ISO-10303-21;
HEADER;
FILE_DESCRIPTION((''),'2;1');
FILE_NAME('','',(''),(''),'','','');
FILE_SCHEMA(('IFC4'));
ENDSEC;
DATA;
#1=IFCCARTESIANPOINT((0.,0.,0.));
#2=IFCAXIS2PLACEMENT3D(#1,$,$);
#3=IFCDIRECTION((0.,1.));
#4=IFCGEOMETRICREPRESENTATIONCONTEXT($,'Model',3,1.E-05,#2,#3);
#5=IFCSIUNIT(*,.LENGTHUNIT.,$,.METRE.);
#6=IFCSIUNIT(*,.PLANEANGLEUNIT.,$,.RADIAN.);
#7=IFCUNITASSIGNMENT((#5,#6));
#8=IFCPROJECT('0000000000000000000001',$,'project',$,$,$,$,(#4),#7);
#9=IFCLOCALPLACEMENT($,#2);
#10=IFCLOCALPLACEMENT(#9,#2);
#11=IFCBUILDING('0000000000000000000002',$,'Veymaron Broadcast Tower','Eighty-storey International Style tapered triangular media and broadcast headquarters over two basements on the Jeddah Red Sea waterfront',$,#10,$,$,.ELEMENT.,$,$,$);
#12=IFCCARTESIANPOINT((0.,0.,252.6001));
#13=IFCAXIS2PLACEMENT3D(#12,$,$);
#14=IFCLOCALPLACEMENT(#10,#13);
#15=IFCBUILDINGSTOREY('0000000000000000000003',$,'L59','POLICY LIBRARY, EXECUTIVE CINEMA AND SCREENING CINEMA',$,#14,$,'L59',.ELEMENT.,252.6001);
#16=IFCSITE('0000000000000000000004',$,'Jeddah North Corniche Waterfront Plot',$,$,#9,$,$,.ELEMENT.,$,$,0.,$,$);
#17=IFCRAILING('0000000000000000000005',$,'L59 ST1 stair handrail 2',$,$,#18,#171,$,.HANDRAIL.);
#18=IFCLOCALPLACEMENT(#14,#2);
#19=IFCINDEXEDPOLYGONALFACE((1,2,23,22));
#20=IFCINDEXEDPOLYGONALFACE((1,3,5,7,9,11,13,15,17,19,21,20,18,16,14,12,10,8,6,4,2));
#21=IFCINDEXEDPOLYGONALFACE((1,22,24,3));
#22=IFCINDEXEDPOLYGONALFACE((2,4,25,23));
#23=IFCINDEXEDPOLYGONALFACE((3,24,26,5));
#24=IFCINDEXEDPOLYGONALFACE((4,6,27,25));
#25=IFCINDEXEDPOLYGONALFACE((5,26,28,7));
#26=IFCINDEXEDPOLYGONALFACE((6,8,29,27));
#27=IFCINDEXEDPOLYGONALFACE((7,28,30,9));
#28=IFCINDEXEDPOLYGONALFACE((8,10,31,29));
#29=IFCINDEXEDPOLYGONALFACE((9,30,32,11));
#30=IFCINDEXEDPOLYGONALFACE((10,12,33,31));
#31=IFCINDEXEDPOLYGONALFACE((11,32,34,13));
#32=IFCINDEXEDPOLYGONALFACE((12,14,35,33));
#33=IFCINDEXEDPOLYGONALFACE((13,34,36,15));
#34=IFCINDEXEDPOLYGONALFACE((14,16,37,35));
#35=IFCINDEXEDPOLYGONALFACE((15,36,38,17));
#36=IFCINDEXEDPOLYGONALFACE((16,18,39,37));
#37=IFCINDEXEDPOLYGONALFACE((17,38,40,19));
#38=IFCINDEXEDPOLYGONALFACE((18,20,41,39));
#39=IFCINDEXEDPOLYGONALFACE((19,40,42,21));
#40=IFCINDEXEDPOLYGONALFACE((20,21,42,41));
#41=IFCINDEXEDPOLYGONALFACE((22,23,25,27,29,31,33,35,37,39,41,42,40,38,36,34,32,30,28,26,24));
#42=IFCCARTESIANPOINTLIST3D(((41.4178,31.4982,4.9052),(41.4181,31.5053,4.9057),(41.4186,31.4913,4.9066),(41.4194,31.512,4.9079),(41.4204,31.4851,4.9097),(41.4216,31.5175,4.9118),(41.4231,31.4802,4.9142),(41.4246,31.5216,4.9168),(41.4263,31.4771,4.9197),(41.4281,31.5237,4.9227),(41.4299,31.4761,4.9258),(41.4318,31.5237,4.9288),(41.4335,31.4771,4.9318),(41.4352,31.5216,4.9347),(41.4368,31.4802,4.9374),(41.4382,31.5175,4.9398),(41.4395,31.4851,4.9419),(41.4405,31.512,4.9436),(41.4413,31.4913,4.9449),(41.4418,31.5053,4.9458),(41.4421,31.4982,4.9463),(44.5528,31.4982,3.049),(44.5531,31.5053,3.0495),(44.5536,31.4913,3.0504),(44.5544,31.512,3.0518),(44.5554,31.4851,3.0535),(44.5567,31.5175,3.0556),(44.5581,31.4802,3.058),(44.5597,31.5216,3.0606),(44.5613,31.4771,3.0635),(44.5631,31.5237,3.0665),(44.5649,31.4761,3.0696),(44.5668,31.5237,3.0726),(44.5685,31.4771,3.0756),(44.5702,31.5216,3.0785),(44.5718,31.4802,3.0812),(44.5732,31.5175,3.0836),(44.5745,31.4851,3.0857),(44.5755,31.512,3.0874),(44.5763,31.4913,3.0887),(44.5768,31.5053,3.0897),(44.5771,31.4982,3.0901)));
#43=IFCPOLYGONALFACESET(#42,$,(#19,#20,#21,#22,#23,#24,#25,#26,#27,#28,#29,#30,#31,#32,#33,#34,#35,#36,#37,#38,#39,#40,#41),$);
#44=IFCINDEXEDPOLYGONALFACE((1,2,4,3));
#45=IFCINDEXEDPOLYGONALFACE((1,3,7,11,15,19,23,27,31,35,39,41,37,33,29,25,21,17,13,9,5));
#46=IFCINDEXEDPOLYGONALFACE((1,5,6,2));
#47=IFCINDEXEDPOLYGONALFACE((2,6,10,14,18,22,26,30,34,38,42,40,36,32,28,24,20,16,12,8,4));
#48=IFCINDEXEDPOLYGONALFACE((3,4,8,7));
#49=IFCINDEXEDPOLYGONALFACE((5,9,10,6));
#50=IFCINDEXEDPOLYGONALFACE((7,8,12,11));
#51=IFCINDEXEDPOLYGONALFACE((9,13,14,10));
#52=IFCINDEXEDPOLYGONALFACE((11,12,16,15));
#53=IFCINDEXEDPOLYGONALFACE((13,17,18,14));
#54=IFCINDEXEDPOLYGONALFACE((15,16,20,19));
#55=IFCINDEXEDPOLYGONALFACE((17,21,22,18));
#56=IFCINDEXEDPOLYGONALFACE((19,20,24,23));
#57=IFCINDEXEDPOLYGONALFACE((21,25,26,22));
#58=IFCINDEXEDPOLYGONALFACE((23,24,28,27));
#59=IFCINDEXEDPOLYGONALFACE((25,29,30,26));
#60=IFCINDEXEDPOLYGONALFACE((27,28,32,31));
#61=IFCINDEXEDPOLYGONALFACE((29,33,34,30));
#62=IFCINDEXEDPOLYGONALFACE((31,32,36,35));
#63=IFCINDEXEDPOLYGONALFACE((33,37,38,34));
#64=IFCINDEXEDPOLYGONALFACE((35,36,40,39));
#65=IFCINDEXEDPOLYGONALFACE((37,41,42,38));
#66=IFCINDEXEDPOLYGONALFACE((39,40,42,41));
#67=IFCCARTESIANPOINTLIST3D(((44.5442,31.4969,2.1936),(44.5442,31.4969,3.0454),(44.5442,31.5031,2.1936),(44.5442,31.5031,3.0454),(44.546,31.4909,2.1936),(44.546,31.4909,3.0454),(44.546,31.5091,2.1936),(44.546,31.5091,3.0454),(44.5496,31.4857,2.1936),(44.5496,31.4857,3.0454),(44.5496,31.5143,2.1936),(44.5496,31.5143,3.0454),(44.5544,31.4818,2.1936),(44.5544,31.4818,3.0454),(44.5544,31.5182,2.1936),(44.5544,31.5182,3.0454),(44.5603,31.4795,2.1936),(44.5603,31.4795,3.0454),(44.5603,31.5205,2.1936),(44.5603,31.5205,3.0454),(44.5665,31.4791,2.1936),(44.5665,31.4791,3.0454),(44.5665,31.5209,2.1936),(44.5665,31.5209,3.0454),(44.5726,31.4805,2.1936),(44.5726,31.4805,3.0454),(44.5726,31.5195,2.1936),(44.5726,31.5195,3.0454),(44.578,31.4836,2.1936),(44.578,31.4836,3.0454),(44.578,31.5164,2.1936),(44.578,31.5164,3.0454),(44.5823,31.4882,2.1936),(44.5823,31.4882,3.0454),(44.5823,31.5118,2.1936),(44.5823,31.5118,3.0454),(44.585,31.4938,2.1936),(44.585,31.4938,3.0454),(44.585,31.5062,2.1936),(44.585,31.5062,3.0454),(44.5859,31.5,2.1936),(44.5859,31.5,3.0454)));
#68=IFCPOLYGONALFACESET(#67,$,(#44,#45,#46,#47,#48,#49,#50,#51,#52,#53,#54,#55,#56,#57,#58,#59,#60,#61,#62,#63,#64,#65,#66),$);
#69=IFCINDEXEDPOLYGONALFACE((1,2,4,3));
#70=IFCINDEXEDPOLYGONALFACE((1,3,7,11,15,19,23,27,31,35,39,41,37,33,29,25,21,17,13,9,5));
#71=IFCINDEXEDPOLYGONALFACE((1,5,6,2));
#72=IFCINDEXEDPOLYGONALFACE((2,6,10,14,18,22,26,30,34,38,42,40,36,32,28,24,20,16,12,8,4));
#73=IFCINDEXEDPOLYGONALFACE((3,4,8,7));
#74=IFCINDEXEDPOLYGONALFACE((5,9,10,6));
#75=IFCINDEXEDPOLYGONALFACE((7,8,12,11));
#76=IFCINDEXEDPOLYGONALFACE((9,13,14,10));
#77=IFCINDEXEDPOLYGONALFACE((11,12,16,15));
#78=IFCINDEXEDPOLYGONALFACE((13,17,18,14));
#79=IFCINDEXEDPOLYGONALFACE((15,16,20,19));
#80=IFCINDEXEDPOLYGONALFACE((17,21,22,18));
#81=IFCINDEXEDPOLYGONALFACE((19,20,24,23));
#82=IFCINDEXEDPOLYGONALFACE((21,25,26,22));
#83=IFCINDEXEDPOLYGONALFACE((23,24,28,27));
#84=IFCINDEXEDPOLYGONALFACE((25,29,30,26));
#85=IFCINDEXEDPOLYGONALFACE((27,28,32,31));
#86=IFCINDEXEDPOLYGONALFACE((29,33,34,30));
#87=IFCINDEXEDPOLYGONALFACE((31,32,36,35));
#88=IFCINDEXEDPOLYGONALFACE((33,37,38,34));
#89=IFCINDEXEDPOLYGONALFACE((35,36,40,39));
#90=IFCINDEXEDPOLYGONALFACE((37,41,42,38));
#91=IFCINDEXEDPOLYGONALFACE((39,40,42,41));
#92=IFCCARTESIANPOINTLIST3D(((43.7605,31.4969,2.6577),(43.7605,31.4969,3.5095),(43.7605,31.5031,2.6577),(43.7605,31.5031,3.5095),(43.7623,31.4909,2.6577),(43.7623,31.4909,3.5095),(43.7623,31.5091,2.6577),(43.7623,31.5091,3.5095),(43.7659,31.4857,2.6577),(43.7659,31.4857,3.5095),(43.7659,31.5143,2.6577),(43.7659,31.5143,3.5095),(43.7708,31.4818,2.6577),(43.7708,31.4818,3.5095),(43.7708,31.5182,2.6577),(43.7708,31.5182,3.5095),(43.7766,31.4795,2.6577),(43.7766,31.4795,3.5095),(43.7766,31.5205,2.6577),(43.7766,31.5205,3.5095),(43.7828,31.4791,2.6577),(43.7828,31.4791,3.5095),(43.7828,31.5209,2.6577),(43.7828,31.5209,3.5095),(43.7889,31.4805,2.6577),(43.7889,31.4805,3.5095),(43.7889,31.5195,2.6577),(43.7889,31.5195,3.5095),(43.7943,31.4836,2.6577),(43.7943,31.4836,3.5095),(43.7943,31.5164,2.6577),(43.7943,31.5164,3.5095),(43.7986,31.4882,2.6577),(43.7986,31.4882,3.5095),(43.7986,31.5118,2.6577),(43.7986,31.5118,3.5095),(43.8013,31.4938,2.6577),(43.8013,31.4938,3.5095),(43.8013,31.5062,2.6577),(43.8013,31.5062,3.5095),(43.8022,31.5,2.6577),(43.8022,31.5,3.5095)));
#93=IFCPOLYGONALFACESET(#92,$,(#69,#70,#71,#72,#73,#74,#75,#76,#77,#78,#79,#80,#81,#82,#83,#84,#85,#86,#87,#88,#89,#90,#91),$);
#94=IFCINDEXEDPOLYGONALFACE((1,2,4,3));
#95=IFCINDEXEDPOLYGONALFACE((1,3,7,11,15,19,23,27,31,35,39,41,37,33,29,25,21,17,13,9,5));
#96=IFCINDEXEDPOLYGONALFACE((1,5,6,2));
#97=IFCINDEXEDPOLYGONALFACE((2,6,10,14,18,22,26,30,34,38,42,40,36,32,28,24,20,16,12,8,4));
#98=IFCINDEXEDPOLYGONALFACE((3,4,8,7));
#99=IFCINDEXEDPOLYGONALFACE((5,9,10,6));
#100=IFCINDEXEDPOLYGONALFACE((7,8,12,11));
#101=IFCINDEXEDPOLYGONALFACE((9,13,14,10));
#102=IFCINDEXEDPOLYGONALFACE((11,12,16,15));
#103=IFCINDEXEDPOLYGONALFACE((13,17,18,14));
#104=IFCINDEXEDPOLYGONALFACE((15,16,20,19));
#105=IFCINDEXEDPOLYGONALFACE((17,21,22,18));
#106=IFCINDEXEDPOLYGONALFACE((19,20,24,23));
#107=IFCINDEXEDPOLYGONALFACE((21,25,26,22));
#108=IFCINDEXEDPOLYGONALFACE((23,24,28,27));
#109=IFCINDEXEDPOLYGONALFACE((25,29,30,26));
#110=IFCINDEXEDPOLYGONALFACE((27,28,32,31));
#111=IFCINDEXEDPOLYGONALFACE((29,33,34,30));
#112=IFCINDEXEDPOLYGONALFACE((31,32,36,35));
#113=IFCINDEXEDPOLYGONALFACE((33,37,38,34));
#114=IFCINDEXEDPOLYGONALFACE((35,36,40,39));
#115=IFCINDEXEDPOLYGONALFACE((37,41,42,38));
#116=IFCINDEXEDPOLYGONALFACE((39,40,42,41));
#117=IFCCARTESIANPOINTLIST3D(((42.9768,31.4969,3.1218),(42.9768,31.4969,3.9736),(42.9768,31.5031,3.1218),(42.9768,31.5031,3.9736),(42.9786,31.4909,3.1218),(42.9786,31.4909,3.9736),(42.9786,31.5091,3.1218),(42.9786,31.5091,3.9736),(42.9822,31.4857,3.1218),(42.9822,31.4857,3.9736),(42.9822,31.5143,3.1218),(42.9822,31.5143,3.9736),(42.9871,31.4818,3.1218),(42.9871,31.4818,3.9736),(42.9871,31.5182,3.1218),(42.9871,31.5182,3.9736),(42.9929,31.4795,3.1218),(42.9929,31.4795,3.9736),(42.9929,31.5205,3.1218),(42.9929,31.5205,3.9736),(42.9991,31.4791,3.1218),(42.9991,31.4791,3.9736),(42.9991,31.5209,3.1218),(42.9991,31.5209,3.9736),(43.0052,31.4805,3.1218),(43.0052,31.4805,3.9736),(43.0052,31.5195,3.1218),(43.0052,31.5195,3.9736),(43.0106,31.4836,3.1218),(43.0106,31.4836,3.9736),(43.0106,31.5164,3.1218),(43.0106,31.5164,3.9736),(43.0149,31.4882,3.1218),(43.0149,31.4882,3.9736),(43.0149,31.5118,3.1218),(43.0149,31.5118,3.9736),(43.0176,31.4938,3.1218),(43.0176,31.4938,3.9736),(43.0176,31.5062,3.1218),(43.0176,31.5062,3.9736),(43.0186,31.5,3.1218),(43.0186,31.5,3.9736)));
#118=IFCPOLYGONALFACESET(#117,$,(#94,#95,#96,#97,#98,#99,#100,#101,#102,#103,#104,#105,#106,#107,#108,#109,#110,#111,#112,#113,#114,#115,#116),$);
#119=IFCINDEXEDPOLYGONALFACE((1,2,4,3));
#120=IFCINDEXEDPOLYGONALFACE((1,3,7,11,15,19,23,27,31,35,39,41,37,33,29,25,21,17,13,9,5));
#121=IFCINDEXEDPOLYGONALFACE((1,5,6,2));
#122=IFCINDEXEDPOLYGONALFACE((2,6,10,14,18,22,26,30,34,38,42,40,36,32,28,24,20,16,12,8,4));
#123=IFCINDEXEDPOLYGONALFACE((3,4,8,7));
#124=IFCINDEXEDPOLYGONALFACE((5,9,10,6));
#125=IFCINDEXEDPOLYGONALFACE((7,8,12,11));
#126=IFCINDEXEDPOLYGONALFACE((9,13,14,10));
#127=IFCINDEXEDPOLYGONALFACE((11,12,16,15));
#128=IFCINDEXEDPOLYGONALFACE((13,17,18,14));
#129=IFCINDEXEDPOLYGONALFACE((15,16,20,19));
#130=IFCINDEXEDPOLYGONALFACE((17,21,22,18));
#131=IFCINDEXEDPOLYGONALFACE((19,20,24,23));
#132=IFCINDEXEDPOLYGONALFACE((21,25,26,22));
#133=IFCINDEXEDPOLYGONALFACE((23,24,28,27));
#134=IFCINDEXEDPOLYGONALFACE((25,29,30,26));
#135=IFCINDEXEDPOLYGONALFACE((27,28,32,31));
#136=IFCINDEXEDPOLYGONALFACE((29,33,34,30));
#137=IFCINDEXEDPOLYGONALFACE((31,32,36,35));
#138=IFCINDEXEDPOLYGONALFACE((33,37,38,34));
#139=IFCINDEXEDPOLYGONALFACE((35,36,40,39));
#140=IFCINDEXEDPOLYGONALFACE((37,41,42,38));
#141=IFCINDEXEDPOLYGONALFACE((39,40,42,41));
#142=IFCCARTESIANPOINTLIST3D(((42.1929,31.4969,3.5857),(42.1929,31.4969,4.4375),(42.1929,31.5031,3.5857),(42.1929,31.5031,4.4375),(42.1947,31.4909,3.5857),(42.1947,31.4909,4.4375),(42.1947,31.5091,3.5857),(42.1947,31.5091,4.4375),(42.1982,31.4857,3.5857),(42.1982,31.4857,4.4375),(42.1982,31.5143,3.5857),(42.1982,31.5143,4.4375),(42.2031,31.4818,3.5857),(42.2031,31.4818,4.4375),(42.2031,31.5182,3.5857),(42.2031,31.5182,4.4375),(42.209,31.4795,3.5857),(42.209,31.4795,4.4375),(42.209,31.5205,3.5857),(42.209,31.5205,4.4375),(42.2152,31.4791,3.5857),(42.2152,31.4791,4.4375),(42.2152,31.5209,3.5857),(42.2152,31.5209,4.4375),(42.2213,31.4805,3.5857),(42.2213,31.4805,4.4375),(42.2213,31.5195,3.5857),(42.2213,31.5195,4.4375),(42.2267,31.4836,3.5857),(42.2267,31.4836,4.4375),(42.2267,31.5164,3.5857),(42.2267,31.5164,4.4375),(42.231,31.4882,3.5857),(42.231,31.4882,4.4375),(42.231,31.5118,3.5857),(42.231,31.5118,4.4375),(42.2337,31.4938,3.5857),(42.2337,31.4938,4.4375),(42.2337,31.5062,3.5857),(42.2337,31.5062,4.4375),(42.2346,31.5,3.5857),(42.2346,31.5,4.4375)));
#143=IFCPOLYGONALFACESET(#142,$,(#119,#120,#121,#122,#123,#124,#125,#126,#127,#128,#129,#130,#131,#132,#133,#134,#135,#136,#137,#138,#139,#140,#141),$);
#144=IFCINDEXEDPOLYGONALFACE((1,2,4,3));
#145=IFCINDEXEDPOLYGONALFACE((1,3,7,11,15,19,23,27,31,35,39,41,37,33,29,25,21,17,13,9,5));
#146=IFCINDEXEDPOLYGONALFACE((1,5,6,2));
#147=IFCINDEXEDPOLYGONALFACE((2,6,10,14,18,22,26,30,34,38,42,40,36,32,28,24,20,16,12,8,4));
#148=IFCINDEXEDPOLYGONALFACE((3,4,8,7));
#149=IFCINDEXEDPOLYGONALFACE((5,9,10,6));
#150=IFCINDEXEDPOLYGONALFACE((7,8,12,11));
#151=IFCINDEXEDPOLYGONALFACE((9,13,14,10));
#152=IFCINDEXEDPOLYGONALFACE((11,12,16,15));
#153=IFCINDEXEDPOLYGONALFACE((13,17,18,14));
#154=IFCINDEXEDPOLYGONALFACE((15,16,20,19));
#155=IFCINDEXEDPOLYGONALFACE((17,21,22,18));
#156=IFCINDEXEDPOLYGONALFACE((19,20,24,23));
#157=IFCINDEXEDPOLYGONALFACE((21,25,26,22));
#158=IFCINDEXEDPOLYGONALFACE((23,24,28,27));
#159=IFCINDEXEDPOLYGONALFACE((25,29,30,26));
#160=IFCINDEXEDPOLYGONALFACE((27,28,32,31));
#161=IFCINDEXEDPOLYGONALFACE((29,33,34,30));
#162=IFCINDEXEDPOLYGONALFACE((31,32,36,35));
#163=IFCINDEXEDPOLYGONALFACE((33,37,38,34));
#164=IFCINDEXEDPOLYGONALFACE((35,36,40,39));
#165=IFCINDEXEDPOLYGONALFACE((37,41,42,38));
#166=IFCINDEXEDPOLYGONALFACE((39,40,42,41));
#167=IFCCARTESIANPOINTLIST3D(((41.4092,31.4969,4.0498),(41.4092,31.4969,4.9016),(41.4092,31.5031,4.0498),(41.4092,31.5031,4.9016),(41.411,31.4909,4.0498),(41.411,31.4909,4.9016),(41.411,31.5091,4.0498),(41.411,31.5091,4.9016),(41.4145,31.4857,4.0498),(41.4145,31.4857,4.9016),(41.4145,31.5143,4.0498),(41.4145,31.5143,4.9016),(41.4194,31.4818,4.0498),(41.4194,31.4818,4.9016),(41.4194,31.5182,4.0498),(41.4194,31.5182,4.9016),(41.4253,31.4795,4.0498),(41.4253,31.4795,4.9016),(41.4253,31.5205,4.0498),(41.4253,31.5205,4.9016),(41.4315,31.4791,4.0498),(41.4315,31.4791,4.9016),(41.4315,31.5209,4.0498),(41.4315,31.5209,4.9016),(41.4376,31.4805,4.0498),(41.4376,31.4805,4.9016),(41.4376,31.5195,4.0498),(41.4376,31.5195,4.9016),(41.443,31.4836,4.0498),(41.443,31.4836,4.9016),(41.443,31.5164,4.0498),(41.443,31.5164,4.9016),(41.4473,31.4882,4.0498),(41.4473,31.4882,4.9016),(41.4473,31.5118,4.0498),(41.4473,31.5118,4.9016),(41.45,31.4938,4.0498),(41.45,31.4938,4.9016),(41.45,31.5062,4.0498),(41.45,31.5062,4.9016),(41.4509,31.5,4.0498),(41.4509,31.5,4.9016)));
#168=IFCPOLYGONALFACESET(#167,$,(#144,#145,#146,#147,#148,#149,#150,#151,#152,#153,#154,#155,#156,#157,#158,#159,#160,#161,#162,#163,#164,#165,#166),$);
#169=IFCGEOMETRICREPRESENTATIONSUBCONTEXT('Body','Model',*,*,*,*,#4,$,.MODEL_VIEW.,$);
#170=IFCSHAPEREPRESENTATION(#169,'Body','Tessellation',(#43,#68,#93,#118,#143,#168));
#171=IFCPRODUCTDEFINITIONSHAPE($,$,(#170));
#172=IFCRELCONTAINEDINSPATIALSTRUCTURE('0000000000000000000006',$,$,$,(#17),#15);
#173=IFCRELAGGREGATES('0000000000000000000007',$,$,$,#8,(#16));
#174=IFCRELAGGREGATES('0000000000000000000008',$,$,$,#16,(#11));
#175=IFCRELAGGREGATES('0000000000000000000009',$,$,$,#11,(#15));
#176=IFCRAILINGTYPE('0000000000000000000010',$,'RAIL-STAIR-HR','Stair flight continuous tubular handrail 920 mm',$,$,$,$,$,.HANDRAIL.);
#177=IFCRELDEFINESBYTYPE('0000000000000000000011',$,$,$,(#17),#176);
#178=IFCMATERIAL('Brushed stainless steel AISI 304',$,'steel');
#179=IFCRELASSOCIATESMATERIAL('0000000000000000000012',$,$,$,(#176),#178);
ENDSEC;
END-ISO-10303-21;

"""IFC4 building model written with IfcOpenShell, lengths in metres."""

from ifc_helpers import new_model, si_unit, direction, frame, origin, origin_2d, place, context, subcontext, project, spatial, circle, extrude, material, type_object, element, save


model = new_model("IFC4")

# Units and contexts
model_context = context("Model", 3, precision=1e-05, world=origin(), true_north=direction((0.0, 1.0)))
body_context = subcontext(model_context, "Body", "Model", "MODEL_VIEW")
ifc_project = project(units=[si_unit("LENGTHUNIT", "METRE"), si_unit("PLANEANGLEUNIT", "RADIAN")], contexts=[model_context])

# Site, building, storey
site_placement = place(None, origin())
site = spatial("IfcSite", under=ifc_project, at=site_placement, Name="Jeddah North Corniche Waterfront Plot", CompositionType="ELEMENT", RefElevation=0.0)
building_placement = place(site_placement, origin())
building = spatial("IfcBuilding", under=site, at=building_placement, Name="Veymaron Broadcast Tower", Description="Eighty-storey International Style tapered triangular media and broadcast headquarters over two basements on the Jeddah Red Sea waterfront", CompositionType="ELEMENT")
storey_placement = place(building_placement, frame((0.0, 0.0, 252.6001)))
storey = spatial("IfcBuildingStorey", under=building, at=storey_placement, Name="L59", Description="POLICY LIBRARY, EXECUTIVE CINEMA AND SCREENING CINEMA", LongName="L59", CompositionType="ELEMENT", Elevation=252.6001)

# Shared definitions
ifc_material_1 = material(Name="Brushed stainless steel AISI 304", Category="steel")

# Railing
railing_type_1 = type_object("IfcRailingType", Name="RAIL-STAIR-HR", Description="Stair flight continuous tubular handrail 920 mm", PredefinedType="HANDRAIL", material=ifc_material_1)
railing_1_placement = place(storey_placement, frame((44.5649, 31.5, 2.1936)))
element("IfcRailing", 1, at=railing_1_placement, inside=storey, type_object=railing_type_1, Name="L59 ST1 stair handrail 2", PredefinedType="HANDRAIL", context=body_context, shape_type="SweptSolid", body=[
    extrude(circle(Radius=0.0239, at=origin_2d()), frame((0.0, 0.0, 0.876), z_axis=(-0.860482, 0.0, 0.509481), x_axis=(0.0, -1.0, 0.0)), (0.0, 0.0, 1.0), 3.6433),
    extrude(circle(Radius=0.021, at=origin_2d()), origin(), (0.0, 0.0, 1.0), 0.8518),
    extrude(circle(Radius=0.021, at=origin_2d()), frame((-0.7837, 0.0, 0.4641)), (0.0, 0.0, 1.0), 0.8518),
    extrude(circle(Radius=0.021, at=origin_2d()), frame((-1.5674, 0.0, 0.9282)), (0.0, 0.0, 1.0), 0.8518),
    extrude(circle(Radius=0.021, at=origin_2d()), frame((-2.3513, 0.0, 1.3921)), (0.0, 0.0, 1.0), 0.8518),
    extrude(circle(Radius=0.021, at=origin_2d()), frame((-3.135, 0.0, 1.8562)), (0.0, 0.0, 1.0), 0.8518),
])

save(model, "model.ifc")
